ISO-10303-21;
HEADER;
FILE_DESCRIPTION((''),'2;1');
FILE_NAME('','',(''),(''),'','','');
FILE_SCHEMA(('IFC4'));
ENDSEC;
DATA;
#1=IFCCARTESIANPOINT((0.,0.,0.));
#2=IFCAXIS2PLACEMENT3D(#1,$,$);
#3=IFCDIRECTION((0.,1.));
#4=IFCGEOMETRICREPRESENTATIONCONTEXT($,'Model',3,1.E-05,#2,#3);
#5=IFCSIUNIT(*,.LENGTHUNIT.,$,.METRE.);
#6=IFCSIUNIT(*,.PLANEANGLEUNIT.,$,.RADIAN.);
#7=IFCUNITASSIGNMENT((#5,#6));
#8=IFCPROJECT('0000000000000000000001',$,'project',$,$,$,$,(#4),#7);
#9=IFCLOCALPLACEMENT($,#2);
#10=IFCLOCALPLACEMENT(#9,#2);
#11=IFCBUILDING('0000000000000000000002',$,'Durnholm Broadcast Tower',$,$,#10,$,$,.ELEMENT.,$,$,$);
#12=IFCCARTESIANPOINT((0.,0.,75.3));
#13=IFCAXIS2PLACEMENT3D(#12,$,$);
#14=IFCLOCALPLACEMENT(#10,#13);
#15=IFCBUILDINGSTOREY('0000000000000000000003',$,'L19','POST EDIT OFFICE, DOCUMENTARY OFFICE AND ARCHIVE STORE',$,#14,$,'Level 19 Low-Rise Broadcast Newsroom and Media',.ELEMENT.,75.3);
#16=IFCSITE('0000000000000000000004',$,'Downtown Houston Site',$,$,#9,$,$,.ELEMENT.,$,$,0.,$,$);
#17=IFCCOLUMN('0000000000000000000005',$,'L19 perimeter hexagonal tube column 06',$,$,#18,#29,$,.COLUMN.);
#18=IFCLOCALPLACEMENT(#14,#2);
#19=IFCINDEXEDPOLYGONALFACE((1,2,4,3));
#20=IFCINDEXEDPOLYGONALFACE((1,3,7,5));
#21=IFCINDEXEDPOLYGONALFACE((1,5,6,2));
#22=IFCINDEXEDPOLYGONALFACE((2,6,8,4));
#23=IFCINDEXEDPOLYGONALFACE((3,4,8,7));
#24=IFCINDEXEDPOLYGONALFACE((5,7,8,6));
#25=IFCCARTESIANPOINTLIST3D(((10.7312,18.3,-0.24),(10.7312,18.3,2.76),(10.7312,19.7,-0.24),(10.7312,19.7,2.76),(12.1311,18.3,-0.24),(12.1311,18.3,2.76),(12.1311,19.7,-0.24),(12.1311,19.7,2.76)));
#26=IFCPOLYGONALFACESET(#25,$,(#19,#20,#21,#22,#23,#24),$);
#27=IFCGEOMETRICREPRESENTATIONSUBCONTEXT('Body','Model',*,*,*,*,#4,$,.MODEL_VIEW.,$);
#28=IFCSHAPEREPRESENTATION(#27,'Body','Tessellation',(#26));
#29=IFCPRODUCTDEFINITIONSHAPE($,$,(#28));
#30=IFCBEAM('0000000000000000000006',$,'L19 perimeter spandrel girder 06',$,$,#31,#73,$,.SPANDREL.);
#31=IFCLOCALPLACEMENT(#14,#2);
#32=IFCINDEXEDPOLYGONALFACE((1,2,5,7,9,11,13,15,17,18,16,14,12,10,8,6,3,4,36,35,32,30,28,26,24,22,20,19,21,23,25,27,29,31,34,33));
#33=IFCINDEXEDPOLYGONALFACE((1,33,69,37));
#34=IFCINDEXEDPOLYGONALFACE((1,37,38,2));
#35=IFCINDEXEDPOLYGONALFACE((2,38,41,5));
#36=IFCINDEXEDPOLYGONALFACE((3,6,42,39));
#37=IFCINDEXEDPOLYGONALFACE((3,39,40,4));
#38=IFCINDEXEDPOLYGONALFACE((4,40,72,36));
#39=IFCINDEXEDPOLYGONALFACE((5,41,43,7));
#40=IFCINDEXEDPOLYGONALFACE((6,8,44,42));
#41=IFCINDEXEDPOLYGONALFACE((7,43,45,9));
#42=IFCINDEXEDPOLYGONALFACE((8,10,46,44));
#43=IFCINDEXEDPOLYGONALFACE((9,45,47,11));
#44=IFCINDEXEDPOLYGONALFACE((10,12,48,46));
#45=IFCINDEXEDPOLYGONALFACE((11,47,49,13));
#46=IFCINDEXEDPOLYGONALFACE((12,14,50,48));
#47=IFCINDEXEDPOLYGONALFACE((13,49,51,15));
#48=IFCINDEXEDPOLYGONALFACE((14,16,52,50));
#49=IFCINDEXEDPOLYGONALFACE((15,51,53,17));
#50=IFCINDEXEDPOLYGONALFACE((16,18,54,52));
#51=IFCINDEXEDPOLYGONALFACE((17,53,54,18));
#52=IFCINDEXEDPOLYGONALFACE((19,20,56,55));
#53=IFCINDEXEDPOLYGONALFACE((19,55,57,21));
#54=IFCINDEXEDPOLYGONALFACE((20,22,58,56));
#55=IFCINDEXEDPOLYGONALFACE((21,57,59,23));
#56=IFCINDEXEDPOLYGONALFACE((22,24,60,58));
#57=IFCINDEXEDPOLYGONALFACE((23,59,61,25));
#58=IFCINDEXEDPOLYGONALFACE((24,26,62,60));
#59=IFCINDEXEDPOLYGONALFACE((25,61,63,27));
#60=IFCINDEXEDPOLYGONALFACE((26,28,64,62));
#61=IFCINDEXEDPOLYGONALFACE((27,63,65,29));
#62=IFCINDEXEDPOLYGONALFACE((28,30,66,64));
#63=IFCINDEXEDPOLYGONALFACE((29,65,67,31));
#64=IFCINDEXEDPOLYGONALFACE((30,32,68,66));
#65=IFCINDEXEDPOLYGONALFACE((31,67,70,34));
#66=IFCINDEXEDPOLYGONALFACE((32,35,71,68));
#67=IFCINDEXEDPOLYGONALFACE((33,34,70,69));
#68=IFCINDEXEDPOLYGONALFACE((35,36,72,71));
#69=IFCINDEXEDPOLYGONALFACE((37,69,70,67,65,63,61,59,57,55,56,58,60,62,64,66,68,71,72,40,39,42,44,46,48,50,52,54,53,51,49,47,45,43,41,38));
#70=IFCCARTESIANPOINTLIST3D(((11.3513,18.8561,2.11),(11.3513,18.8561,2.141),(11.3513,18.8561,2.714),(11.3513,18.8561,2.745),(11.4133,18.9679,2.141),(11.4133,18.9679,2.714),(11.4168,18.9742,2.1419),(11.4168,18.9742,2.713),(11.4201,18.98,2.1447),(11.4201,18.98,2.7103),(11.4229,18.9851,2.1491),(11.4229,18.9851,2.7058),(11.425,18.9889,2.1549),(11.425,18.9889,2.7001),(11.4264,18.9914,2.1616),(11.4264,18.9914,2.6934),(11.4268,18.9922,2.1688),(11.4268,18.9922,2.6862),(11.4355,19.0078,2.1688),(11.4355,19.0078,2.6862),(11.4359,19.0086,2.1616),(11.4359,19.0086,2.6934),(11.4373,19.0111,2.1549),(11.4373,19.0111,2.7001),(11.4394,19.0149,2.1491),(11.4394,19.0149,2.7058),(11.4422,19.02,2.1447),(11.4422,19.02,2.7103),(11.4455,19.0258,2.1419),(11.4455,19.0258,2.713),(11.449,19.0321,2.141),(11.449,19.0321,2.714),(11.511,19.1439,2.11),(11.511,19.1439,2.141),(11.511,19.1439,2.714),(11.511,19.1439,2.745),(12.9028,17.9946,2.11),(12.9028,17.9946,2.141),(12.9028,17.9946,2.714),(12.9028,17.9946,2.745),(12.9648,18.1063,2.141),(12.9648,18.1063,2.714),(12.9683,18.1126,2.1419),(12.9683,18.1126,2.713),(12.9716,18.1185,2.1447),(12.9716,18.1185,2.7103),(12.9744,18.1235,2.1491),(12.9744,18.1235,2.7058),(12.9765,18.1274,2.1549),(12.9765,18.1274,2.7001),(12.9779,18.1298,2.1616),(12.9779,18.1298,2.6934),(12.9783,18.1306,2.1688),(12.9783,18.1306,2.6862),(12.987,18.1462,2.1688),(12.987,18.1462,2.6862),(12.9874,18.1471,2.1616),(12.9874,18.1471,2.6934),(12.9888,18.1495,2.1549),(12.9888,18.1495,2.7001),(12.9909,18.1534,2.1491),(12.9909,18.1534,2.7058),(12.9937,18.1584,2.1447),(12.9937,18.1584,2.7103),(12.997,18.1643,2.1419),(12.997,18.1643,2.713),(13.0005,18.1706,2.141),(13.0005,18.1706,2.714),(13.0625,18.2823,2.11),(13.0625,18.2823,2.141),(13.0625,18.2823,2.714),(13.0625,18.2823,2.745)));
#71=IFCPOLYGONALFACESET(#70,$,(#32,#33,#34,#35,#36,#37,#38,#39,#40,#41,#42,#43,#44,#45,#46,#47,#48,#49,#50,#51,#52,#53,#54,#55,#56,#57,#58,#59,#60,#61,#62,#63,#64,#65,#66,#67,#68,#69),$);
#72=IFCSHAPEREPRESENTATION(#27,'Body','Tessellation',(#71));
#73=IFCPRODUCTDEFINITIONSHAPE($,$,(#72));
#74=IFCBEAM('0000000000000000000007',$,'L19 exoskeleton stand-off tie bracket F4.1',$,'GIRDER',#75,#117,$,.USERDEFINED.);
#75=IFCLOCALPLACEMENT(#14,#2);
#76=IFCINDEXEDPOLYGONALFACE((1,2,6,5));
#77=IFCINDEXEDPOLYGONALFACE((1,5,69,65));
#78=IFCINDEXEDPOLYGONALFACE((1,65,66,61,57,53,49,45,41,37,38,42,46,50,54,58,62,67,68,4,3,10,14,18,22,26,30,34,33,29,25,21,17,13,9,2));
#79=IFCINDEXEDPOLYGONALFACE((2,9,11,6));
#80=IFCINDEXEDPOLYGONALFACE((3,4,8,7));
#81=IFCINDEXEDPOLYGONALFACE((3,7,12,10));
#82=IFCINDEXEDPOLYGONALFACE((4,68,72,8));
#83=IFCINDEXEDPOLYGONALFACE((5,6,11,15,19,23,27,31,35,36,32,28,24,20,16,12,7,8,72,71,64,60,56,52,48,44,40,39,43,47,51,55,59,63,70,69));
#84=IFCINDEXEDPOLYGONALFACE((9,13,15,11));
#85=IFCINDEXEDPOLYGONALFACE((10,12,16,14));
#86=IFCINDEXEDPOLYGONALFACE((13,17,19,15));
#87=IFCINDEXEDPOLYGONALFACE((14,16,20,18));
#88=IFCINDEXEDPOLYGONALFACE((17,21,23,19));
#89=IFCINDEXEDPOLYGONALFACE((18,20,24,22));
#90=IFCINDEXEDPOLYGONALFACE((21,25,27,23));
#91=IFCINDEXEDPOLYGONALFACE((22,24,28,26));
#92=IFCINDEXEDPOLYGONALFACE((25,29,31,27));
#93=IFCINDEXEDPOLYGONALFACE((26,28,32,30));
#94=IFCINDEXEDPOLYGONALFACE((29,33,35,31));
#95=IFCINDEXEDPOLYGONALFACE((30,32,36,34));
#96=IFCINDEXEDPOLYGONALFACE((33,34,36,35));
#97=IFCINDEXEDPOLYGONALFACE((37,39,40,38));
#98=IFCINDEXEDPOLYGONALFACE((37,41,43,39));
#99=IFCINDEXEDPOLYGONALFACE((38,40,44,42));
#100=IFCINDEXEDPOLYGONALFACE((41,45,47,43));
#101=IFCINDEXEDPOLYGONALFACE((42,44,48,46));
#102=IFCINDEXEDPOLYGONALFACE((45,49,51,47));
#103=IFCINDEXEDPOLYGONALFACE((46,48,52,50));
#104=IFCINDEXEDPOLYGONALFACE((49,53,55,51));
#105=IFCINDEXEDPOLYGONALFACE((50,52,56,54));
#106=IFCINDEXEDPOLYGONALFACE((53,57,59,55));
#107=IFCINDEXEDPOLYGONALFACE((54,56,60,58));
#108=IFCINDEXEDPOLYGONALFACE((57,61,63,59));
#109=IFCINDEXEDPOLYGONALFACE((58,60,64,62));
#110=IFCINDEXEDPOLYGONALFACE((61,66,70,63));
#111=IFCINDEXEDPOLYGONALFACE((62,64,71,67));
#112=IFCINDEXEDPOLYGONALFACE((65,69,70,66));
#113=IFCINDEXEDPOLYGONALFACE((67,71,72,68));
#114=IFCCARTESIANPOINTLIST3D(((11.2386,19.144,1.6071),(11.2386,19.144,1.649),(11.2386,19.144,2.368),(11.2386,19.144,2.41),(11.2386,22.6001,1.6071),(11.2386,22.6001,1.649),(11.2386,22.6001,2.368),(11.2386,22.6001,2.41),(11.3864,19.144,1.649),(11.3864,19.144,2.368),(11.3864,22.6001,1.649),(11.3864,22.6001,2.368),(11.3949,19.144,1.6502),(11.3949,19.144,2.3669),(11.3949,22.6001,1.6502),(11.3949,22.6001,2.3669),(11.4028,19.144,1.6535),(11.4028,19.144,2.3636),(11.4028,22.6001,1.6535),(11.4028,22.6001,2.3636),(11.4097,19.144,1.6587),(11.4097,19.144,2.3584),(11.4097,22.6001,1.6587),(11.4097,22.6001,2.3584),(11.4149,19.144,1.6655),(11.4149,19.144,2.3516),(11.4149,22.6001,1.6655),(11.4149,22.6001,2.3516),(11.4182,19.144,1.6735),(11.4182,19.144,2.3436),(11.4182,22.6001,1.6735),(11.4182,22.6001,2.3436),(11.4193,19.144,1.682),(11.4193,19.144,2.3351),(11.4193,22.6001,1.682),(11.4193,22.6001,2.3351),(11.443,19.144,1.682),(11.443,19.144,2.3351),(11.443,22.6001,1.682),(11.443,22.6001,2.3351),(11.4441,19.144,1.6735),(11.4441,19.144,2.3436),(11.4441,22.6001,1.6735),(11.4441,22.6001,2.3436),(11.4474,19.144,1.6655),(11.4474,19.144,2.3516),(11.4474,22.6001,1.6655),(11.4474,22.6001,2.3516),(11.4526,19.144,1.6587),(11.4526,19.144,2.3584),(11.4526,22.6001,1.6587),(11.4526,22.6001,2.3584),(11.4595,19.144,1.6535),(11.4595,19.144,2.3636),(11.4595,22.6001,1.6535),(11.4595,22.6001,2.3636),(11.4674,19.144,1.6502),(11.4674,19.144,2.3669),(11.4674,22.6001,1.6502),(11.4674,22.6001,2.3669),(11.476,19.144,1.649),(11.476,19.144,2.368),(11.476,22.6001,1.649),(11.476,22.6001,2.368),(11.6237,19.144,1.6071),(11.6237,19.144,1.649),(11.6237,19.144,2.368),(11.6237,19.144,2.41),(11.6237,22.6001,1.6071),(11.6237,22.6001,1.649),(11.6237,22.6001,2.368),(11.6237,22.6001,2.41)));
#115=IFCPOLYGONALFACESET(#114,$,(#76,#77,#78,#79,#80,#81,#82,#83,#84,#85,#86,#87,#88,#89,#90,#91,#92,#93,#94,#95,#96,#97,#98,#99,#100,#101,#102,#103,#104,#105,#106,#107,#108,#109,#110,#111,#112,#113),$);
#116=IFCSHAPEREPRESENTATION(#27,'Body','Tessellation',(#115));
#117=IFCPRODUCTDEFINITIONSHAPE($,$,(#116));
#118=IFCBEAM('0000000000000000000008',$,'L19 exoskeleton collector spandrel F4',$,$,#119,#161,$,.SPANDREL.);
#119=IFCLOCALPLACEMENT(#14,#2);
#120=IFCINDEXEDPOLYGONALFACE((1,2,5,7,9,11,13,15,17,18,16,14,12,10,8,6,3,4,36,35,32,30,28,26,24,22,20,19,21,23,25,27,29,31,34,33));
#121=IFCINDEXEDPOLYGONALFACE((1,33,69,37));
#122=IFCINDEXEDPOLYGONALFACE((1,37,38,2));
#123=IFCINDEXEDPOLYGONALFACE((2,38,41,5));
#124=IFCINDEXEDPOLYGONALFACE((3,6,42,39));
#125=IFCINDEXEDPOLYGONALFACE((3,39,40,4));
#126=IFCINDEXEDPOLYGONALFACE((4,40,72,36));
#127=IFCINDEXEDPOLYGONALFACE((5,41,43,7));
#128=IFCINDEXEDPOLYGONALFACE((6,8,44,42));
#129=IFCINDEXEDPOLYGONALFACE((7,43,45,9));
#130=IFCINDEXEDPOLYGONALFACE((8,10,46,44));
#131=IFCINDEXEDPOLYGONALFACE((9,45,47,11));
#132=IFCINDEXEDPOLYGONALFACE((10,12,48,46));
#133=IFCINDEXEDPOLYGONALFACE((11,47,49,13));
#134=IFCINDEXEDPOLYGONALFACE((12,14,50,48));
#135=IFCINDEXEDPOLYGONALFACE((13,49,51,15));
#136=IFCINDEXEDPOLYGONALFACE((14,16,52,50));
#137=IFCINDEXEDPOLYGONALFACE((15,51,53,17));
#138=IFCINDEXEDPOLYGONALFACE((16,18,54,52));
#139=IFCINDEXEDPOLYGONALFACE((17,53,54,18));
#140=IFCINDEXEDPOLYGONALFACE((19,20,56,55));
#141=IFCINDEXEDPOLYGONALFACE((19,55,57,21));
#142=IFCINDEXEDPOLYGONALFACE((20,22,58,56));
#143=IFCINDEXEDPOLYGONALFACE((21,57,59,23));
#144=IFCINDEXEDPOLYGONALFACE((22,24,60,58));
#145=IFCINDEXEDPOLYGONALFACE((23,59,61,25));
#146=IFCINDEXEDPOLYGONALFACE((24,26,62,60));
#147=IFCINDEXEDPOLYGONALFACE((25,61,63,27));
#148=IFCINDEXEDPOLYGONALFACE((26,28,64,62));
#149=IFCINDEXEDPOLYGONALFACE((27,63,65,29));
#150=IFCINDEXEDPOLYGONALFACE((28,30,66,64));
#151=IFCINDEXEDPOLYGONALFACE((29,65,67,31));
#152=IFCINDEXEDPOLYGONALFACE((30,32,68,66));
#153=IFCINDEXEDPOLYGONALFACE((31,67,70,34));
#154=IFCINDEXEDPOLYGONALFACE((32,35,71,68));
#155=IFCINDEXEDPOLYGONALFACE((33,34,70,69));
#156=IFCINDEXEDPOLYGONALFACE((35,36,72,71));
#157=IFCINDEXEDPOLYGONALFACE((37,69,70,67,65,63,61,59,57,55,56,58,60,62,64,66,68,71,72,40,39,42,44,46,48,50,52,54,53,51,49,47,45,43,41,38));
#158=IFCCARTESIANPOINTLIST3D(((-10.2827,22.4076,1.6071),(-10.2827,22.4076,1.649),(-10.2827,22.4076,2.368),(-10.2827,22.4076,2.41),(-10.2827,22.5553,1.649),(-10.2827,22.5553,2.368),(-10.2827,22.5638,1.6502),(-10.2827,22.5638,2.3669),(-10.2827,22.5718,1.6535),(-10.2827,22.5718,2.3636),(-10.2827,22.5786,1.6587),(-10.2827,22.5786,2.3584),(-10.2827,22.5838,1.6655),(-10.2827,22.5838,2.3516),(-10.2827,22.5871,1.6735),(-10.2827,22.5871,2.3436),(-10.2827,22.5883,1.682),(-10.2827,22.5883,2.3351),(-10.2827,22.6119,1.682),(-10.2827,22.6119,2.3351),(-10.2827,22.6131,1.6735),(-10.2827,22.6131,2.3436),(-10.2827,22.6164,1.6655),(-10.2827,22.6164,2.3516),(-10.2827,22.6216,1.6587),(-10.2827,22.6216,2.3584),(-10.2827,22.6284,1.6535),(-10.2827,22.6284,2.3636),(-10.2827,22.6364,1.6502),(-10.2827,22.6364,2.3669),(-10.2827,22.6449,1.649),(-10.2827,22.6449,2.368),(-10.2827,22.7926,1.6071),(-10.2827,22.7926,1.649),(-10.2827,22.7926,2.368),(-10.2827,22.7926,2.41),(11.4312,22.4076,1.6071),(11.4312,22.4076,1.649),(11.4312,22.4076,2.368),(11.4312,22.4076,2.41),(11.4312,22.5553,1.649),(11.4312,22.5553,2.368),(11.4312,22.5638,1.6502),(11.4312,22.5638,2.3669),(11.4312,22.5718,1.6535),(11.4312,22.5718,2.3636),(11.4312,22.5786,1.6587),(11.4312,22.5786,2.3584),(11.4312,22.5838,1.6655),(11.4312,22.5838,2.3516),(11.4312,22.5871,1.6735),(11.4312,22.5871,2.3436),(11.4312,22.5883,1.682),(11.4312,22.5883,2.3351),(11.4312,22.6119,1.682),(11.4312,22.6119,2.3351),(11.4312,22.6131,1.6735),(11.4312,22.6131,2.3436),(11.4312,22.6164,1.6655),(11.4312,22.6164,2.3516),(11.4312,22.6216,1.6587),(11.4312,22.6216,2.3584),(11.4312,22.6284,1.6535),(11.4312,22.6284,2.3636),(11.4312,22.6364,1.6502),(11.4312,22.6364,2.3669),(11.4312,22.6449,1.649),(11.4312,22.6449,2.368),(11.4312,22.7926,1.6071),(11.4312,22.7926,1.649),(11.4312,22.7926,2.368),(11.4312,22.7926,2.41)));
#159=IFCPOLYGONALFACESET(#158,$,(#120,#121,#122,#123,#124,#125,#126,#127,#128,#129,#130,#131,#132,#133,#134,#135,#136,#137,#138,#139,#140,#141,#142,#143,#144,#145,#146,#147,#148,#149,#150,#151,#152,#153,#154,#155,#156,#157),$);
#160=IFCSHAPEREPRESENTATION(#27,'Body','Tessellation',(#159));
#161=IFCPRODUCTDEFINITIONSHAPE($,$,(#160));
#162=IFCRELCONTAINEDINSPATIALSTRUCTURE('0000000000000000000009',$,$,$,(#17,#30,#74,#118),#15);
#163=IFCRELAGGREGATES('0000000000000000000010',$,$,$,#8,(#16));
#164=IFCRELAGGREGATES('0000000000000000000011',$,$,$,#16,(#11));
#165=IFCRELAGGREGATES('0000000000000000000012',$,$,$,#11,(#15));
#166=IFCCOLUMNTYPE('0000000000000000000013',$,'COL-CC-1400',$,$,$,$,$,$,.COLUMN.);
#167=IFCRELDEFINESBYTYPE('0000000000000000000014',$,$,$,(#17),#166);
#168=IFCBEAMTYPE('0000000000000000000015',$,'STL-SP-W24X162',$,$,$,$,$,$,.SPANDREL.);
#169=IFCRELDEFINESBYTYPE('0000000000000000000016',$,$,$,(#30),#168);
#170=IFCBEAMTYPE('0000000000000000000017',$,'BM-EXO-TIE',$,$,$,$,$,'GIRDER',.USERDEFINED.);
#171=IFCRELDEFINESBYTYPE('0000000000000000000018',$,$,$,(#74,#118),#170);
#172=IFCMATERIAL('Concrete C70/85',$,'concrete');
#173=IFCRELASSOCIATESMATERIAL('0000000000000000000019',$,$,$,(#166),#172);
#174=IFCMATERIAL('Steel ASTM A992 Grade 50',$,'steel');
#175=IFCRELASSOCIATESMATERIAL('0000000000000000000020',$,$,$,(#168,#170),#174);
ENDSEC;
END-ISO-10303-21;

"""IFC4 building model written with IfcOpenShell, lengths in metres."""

from ifc_helpers import new_model, si_unit, direction, frame, origin, origin_2d, place, context, subcontext, project, spatial, rectangle, i_section, extrude, source, transform, mapped, material, material_profile, profile_set, type_object, type_shapes, element, save


model = new_model("IFC4")

# Units and contexts
model_context = context("Model", 3, precision=1e-05, world=origin(), true_north=direction((0.0, 1.0)))
body_context = subcontext(model_context, "Body", "Model", "MODEL_VIEW")
ifc_project = project(units=[si_unit("LENGTHUNIT", "METRE"), si_unit("PLANEANGLEUNIT", "RADIAN")], contexts=[model_context])

# Site, building, storey
site_placement = place(None, origin())
site = spatial("IfcSite", under=ifc_project, at=site_placement, Name="Downtown Houston Site", CompositionType="ELEMENT", RefElevation=0.0)
building_placement = place(site_placement, origin())
building = spatial("IfcBuilding", under=site, at=building_placement, Name="Durnholm Broadcast Tower", CompositionType="ELEMENT")
storey_placement = place(building_placement, frame((0.0, 0.0, 75.3)))
storey = spatial("IfcBuildingStorey", under=building, at=storey_placement, Name="L19", Description="POST EDIT OFFICE, DOCUMENTARY OFFICE AND ARCHIVE STORE", LongName="Level 19 Low-Rise Broadcast Newsroom and Media", CompositionType="ELEMENT", Elevation=75.3)

# Column
ifc_material_1 = material(Name="Concrete C70/85", Category="concrete")
ifc_material_profile_1 = material_profile(ifc_material_1, rectangle(XDim=1.3999, YDim=1.3999, at=origin_2d()), Name="RC1400X1400")
ifc_profile_set_1 = profile_set([ifc_material_profile_1], Name="Concrete C70/85")
column_type = type_object("IfcColumnType", Name="COL-CC-1400", PredefinedType="COLUMN", material=ifc_profile_set_1)
shared_shape_1 = source(origin(), body_context, "Body", "SweptSolid", [
    extrude(rectangle(XDim=1.3999, YDim=1.3999, at=origin_2d()), origin(), (0.0, 0.0, 1.0), 3.0),
])
type_shapes(column_type, [shared_shape_1])
column_placement = place(storey_placement, frame((11.4312, 19.0, -0.24), z_axis=(0.0, 0.0, 1.0), x_axis=(1.0, 0.0, 0.0)))
element("IfcColumn", 1, at=column_placement, inside=storey, type_object=column_type, Name="L19 perimeter hexagonal tube column 06", PredefinedType="COLUMN", context=body_context, shape_type="MappedRepresentation", body=[
    mapped(shared_shape_1, transform((0.0, 0.0, 0.0), x_axis=(1.0, 0.0, 0.0), y_axis=(0.0, 1.0, 0.0), z_axis=(0.0, 0.0, 1.0), scale=1.0)),
])

# Beams
ifc_material_2 = material(Name="Steel ASTM A992 Grade 50", Category="steel")
ifc_material_profile_2 = material_profile(ifc_material_2, i_section(OverallWidth=0.3291, OverallDepth=0.635, WebThickness=0.0178, FlangeThickness=0.031, FilletRadius=0.0278, at=origin_2d()), Name="W24X162")
ifc_profile_set_2 = profile_set([ifc_material_profile_2], Name="Steel ASTM A992 Grade 50")
beam_type_1 = type_object("IfcBeamType", Name="STL-SP-W24X162", PredefinedType="SPANDREL", material=ifc_profile_set_2)
shared_shape_2 = source(origin(), body_context, "Body", "SweptSolid", [
    extrude(i_section(OverallWidth=0.3291, OverallDepth=0.635, WebThickness=0.0178, FlangeThickness=0.031, FilletRadius=0.0278, at=origin_2d()), origin(), (0.0, 0.0, 1.0), 1.7747),
])
type_shapes(beam_type_1, [shared_shape_2])
beam_1_placement = place(storey_placement, frame((11.4312, 19.0, 2.4275), z_axis=(0.874248, -0.485479, 0.0), x_axis=(0.485479, 0.874248, 0.0)))
element("IfcBeam", 2, at=beam_1_placement, inside=storey, type_object=beam_type_1, Name="L19 perimeter spandrel girder 06", PredefinedType="SPANDREL", context=body_context, shape_type="MappedRepresentation", body=[
    mapped(shared_shape_2, transform((0.0, 0.0, 0.0), x_axis=(1.0, 0.0, 0.0), y_axis=(0.0, 1.0, 0.0), z_axis=(0.0, 0.0, 1.0), scale=1.0)),
])
ifc_material_profile_3 = material_profile(ifc_material_2, i_section(OverallWidth=0.385, OverallDepth=0.803, WebThickness=0.0237, FlangeThickness=0.042, FilletRadius=0.033, at=origin_2d()), Name="W30X261")
ifc_profile_set_3 = profile_set([ifc_material_profile_3], Name="Steel ASTM A992 Grade 50")
beam_type_2 = type_object("IfcBeamType", Name="BM-EXO-TIE", ElementType="GIRDER", PredefinedType="USERDEFINED", material=ifc_profile_set_3)
shared_shape_3 = source(origin(), body_context, "Body", "SweptSolid", [
    extrude(i_section(OverallWidth=0.385, OverallDepth=0.803, WebThickness=0.0237, FlangeThickness=0.042, FilletRadius=0.033, at=origin_2d()), origin(), (0.0, 0.0, 1.0), 3.4561),
])
beam_2_placement = place(storey_placement, frame((11.4312, 19.144, 2.0085), z_axis=(0.0, 1.0, 0.0), x_axis=(-1.0, 0.0, 0.0)))
element("IfcBeam", 3, at=beam_2_placement, inside=storey, type_object=beam_type_2, Name="L19 exoskeleton stand-off tie bracket F4.1", ObjectType="GIRDER", PredefinedType="USERDEFINED", context=body_context, shape_type="MappedRepresentation", body=[
    mapped(shared_shape_3, transform((0.0, 0.0, 0.0), x_axis=(1.0, 0.0, 0.0), y_axis=(0.0, 1.0, 0.0), z_axis=(0.0, 0.0, 1.0), scale=1.0)),
])
shared_shape_4 = source(origin(), body_context, "Body", "SweptSolid", [
    extrude(i_section(OverallWidth=0.385, OverallDepth=0.803, WebThickness=0.0237, FlangeThickness=0.042, FilletRadius=0.033, at=origin_2d()), origin(), (0.0, 0.0, 1.0), 21.7139),
])
type_shapes(beam_type_2, [shared_shape_3, shared_shape_4])
beam_3_placement = place(storey_placement, frame((11.4312, 22.6001, 2.0085), z_axis=(-1.0, 0.0, 0.0), x_axis=(0.0, -1.0, 0.0)))
element("IfcBeam", 4, at=beam_3_placement, inside=storey, type_object=beam_type_2, Name="L19 exoskeleton collector spandrel F4", PredefinedType="SPANDREL", context=body_context, shape_type="MappedRepresentation", body=[
    mapped(shared_shape_4, transform((0.0, 0.0, 0.0), x_axis=(1.0, 0.0, 0.0), y_axis=(0.0, 1.0, 0.0), z_axis=(0.0, 0.0, 1.0), scale=1.0)),
])

save(model, "model.ifc")
